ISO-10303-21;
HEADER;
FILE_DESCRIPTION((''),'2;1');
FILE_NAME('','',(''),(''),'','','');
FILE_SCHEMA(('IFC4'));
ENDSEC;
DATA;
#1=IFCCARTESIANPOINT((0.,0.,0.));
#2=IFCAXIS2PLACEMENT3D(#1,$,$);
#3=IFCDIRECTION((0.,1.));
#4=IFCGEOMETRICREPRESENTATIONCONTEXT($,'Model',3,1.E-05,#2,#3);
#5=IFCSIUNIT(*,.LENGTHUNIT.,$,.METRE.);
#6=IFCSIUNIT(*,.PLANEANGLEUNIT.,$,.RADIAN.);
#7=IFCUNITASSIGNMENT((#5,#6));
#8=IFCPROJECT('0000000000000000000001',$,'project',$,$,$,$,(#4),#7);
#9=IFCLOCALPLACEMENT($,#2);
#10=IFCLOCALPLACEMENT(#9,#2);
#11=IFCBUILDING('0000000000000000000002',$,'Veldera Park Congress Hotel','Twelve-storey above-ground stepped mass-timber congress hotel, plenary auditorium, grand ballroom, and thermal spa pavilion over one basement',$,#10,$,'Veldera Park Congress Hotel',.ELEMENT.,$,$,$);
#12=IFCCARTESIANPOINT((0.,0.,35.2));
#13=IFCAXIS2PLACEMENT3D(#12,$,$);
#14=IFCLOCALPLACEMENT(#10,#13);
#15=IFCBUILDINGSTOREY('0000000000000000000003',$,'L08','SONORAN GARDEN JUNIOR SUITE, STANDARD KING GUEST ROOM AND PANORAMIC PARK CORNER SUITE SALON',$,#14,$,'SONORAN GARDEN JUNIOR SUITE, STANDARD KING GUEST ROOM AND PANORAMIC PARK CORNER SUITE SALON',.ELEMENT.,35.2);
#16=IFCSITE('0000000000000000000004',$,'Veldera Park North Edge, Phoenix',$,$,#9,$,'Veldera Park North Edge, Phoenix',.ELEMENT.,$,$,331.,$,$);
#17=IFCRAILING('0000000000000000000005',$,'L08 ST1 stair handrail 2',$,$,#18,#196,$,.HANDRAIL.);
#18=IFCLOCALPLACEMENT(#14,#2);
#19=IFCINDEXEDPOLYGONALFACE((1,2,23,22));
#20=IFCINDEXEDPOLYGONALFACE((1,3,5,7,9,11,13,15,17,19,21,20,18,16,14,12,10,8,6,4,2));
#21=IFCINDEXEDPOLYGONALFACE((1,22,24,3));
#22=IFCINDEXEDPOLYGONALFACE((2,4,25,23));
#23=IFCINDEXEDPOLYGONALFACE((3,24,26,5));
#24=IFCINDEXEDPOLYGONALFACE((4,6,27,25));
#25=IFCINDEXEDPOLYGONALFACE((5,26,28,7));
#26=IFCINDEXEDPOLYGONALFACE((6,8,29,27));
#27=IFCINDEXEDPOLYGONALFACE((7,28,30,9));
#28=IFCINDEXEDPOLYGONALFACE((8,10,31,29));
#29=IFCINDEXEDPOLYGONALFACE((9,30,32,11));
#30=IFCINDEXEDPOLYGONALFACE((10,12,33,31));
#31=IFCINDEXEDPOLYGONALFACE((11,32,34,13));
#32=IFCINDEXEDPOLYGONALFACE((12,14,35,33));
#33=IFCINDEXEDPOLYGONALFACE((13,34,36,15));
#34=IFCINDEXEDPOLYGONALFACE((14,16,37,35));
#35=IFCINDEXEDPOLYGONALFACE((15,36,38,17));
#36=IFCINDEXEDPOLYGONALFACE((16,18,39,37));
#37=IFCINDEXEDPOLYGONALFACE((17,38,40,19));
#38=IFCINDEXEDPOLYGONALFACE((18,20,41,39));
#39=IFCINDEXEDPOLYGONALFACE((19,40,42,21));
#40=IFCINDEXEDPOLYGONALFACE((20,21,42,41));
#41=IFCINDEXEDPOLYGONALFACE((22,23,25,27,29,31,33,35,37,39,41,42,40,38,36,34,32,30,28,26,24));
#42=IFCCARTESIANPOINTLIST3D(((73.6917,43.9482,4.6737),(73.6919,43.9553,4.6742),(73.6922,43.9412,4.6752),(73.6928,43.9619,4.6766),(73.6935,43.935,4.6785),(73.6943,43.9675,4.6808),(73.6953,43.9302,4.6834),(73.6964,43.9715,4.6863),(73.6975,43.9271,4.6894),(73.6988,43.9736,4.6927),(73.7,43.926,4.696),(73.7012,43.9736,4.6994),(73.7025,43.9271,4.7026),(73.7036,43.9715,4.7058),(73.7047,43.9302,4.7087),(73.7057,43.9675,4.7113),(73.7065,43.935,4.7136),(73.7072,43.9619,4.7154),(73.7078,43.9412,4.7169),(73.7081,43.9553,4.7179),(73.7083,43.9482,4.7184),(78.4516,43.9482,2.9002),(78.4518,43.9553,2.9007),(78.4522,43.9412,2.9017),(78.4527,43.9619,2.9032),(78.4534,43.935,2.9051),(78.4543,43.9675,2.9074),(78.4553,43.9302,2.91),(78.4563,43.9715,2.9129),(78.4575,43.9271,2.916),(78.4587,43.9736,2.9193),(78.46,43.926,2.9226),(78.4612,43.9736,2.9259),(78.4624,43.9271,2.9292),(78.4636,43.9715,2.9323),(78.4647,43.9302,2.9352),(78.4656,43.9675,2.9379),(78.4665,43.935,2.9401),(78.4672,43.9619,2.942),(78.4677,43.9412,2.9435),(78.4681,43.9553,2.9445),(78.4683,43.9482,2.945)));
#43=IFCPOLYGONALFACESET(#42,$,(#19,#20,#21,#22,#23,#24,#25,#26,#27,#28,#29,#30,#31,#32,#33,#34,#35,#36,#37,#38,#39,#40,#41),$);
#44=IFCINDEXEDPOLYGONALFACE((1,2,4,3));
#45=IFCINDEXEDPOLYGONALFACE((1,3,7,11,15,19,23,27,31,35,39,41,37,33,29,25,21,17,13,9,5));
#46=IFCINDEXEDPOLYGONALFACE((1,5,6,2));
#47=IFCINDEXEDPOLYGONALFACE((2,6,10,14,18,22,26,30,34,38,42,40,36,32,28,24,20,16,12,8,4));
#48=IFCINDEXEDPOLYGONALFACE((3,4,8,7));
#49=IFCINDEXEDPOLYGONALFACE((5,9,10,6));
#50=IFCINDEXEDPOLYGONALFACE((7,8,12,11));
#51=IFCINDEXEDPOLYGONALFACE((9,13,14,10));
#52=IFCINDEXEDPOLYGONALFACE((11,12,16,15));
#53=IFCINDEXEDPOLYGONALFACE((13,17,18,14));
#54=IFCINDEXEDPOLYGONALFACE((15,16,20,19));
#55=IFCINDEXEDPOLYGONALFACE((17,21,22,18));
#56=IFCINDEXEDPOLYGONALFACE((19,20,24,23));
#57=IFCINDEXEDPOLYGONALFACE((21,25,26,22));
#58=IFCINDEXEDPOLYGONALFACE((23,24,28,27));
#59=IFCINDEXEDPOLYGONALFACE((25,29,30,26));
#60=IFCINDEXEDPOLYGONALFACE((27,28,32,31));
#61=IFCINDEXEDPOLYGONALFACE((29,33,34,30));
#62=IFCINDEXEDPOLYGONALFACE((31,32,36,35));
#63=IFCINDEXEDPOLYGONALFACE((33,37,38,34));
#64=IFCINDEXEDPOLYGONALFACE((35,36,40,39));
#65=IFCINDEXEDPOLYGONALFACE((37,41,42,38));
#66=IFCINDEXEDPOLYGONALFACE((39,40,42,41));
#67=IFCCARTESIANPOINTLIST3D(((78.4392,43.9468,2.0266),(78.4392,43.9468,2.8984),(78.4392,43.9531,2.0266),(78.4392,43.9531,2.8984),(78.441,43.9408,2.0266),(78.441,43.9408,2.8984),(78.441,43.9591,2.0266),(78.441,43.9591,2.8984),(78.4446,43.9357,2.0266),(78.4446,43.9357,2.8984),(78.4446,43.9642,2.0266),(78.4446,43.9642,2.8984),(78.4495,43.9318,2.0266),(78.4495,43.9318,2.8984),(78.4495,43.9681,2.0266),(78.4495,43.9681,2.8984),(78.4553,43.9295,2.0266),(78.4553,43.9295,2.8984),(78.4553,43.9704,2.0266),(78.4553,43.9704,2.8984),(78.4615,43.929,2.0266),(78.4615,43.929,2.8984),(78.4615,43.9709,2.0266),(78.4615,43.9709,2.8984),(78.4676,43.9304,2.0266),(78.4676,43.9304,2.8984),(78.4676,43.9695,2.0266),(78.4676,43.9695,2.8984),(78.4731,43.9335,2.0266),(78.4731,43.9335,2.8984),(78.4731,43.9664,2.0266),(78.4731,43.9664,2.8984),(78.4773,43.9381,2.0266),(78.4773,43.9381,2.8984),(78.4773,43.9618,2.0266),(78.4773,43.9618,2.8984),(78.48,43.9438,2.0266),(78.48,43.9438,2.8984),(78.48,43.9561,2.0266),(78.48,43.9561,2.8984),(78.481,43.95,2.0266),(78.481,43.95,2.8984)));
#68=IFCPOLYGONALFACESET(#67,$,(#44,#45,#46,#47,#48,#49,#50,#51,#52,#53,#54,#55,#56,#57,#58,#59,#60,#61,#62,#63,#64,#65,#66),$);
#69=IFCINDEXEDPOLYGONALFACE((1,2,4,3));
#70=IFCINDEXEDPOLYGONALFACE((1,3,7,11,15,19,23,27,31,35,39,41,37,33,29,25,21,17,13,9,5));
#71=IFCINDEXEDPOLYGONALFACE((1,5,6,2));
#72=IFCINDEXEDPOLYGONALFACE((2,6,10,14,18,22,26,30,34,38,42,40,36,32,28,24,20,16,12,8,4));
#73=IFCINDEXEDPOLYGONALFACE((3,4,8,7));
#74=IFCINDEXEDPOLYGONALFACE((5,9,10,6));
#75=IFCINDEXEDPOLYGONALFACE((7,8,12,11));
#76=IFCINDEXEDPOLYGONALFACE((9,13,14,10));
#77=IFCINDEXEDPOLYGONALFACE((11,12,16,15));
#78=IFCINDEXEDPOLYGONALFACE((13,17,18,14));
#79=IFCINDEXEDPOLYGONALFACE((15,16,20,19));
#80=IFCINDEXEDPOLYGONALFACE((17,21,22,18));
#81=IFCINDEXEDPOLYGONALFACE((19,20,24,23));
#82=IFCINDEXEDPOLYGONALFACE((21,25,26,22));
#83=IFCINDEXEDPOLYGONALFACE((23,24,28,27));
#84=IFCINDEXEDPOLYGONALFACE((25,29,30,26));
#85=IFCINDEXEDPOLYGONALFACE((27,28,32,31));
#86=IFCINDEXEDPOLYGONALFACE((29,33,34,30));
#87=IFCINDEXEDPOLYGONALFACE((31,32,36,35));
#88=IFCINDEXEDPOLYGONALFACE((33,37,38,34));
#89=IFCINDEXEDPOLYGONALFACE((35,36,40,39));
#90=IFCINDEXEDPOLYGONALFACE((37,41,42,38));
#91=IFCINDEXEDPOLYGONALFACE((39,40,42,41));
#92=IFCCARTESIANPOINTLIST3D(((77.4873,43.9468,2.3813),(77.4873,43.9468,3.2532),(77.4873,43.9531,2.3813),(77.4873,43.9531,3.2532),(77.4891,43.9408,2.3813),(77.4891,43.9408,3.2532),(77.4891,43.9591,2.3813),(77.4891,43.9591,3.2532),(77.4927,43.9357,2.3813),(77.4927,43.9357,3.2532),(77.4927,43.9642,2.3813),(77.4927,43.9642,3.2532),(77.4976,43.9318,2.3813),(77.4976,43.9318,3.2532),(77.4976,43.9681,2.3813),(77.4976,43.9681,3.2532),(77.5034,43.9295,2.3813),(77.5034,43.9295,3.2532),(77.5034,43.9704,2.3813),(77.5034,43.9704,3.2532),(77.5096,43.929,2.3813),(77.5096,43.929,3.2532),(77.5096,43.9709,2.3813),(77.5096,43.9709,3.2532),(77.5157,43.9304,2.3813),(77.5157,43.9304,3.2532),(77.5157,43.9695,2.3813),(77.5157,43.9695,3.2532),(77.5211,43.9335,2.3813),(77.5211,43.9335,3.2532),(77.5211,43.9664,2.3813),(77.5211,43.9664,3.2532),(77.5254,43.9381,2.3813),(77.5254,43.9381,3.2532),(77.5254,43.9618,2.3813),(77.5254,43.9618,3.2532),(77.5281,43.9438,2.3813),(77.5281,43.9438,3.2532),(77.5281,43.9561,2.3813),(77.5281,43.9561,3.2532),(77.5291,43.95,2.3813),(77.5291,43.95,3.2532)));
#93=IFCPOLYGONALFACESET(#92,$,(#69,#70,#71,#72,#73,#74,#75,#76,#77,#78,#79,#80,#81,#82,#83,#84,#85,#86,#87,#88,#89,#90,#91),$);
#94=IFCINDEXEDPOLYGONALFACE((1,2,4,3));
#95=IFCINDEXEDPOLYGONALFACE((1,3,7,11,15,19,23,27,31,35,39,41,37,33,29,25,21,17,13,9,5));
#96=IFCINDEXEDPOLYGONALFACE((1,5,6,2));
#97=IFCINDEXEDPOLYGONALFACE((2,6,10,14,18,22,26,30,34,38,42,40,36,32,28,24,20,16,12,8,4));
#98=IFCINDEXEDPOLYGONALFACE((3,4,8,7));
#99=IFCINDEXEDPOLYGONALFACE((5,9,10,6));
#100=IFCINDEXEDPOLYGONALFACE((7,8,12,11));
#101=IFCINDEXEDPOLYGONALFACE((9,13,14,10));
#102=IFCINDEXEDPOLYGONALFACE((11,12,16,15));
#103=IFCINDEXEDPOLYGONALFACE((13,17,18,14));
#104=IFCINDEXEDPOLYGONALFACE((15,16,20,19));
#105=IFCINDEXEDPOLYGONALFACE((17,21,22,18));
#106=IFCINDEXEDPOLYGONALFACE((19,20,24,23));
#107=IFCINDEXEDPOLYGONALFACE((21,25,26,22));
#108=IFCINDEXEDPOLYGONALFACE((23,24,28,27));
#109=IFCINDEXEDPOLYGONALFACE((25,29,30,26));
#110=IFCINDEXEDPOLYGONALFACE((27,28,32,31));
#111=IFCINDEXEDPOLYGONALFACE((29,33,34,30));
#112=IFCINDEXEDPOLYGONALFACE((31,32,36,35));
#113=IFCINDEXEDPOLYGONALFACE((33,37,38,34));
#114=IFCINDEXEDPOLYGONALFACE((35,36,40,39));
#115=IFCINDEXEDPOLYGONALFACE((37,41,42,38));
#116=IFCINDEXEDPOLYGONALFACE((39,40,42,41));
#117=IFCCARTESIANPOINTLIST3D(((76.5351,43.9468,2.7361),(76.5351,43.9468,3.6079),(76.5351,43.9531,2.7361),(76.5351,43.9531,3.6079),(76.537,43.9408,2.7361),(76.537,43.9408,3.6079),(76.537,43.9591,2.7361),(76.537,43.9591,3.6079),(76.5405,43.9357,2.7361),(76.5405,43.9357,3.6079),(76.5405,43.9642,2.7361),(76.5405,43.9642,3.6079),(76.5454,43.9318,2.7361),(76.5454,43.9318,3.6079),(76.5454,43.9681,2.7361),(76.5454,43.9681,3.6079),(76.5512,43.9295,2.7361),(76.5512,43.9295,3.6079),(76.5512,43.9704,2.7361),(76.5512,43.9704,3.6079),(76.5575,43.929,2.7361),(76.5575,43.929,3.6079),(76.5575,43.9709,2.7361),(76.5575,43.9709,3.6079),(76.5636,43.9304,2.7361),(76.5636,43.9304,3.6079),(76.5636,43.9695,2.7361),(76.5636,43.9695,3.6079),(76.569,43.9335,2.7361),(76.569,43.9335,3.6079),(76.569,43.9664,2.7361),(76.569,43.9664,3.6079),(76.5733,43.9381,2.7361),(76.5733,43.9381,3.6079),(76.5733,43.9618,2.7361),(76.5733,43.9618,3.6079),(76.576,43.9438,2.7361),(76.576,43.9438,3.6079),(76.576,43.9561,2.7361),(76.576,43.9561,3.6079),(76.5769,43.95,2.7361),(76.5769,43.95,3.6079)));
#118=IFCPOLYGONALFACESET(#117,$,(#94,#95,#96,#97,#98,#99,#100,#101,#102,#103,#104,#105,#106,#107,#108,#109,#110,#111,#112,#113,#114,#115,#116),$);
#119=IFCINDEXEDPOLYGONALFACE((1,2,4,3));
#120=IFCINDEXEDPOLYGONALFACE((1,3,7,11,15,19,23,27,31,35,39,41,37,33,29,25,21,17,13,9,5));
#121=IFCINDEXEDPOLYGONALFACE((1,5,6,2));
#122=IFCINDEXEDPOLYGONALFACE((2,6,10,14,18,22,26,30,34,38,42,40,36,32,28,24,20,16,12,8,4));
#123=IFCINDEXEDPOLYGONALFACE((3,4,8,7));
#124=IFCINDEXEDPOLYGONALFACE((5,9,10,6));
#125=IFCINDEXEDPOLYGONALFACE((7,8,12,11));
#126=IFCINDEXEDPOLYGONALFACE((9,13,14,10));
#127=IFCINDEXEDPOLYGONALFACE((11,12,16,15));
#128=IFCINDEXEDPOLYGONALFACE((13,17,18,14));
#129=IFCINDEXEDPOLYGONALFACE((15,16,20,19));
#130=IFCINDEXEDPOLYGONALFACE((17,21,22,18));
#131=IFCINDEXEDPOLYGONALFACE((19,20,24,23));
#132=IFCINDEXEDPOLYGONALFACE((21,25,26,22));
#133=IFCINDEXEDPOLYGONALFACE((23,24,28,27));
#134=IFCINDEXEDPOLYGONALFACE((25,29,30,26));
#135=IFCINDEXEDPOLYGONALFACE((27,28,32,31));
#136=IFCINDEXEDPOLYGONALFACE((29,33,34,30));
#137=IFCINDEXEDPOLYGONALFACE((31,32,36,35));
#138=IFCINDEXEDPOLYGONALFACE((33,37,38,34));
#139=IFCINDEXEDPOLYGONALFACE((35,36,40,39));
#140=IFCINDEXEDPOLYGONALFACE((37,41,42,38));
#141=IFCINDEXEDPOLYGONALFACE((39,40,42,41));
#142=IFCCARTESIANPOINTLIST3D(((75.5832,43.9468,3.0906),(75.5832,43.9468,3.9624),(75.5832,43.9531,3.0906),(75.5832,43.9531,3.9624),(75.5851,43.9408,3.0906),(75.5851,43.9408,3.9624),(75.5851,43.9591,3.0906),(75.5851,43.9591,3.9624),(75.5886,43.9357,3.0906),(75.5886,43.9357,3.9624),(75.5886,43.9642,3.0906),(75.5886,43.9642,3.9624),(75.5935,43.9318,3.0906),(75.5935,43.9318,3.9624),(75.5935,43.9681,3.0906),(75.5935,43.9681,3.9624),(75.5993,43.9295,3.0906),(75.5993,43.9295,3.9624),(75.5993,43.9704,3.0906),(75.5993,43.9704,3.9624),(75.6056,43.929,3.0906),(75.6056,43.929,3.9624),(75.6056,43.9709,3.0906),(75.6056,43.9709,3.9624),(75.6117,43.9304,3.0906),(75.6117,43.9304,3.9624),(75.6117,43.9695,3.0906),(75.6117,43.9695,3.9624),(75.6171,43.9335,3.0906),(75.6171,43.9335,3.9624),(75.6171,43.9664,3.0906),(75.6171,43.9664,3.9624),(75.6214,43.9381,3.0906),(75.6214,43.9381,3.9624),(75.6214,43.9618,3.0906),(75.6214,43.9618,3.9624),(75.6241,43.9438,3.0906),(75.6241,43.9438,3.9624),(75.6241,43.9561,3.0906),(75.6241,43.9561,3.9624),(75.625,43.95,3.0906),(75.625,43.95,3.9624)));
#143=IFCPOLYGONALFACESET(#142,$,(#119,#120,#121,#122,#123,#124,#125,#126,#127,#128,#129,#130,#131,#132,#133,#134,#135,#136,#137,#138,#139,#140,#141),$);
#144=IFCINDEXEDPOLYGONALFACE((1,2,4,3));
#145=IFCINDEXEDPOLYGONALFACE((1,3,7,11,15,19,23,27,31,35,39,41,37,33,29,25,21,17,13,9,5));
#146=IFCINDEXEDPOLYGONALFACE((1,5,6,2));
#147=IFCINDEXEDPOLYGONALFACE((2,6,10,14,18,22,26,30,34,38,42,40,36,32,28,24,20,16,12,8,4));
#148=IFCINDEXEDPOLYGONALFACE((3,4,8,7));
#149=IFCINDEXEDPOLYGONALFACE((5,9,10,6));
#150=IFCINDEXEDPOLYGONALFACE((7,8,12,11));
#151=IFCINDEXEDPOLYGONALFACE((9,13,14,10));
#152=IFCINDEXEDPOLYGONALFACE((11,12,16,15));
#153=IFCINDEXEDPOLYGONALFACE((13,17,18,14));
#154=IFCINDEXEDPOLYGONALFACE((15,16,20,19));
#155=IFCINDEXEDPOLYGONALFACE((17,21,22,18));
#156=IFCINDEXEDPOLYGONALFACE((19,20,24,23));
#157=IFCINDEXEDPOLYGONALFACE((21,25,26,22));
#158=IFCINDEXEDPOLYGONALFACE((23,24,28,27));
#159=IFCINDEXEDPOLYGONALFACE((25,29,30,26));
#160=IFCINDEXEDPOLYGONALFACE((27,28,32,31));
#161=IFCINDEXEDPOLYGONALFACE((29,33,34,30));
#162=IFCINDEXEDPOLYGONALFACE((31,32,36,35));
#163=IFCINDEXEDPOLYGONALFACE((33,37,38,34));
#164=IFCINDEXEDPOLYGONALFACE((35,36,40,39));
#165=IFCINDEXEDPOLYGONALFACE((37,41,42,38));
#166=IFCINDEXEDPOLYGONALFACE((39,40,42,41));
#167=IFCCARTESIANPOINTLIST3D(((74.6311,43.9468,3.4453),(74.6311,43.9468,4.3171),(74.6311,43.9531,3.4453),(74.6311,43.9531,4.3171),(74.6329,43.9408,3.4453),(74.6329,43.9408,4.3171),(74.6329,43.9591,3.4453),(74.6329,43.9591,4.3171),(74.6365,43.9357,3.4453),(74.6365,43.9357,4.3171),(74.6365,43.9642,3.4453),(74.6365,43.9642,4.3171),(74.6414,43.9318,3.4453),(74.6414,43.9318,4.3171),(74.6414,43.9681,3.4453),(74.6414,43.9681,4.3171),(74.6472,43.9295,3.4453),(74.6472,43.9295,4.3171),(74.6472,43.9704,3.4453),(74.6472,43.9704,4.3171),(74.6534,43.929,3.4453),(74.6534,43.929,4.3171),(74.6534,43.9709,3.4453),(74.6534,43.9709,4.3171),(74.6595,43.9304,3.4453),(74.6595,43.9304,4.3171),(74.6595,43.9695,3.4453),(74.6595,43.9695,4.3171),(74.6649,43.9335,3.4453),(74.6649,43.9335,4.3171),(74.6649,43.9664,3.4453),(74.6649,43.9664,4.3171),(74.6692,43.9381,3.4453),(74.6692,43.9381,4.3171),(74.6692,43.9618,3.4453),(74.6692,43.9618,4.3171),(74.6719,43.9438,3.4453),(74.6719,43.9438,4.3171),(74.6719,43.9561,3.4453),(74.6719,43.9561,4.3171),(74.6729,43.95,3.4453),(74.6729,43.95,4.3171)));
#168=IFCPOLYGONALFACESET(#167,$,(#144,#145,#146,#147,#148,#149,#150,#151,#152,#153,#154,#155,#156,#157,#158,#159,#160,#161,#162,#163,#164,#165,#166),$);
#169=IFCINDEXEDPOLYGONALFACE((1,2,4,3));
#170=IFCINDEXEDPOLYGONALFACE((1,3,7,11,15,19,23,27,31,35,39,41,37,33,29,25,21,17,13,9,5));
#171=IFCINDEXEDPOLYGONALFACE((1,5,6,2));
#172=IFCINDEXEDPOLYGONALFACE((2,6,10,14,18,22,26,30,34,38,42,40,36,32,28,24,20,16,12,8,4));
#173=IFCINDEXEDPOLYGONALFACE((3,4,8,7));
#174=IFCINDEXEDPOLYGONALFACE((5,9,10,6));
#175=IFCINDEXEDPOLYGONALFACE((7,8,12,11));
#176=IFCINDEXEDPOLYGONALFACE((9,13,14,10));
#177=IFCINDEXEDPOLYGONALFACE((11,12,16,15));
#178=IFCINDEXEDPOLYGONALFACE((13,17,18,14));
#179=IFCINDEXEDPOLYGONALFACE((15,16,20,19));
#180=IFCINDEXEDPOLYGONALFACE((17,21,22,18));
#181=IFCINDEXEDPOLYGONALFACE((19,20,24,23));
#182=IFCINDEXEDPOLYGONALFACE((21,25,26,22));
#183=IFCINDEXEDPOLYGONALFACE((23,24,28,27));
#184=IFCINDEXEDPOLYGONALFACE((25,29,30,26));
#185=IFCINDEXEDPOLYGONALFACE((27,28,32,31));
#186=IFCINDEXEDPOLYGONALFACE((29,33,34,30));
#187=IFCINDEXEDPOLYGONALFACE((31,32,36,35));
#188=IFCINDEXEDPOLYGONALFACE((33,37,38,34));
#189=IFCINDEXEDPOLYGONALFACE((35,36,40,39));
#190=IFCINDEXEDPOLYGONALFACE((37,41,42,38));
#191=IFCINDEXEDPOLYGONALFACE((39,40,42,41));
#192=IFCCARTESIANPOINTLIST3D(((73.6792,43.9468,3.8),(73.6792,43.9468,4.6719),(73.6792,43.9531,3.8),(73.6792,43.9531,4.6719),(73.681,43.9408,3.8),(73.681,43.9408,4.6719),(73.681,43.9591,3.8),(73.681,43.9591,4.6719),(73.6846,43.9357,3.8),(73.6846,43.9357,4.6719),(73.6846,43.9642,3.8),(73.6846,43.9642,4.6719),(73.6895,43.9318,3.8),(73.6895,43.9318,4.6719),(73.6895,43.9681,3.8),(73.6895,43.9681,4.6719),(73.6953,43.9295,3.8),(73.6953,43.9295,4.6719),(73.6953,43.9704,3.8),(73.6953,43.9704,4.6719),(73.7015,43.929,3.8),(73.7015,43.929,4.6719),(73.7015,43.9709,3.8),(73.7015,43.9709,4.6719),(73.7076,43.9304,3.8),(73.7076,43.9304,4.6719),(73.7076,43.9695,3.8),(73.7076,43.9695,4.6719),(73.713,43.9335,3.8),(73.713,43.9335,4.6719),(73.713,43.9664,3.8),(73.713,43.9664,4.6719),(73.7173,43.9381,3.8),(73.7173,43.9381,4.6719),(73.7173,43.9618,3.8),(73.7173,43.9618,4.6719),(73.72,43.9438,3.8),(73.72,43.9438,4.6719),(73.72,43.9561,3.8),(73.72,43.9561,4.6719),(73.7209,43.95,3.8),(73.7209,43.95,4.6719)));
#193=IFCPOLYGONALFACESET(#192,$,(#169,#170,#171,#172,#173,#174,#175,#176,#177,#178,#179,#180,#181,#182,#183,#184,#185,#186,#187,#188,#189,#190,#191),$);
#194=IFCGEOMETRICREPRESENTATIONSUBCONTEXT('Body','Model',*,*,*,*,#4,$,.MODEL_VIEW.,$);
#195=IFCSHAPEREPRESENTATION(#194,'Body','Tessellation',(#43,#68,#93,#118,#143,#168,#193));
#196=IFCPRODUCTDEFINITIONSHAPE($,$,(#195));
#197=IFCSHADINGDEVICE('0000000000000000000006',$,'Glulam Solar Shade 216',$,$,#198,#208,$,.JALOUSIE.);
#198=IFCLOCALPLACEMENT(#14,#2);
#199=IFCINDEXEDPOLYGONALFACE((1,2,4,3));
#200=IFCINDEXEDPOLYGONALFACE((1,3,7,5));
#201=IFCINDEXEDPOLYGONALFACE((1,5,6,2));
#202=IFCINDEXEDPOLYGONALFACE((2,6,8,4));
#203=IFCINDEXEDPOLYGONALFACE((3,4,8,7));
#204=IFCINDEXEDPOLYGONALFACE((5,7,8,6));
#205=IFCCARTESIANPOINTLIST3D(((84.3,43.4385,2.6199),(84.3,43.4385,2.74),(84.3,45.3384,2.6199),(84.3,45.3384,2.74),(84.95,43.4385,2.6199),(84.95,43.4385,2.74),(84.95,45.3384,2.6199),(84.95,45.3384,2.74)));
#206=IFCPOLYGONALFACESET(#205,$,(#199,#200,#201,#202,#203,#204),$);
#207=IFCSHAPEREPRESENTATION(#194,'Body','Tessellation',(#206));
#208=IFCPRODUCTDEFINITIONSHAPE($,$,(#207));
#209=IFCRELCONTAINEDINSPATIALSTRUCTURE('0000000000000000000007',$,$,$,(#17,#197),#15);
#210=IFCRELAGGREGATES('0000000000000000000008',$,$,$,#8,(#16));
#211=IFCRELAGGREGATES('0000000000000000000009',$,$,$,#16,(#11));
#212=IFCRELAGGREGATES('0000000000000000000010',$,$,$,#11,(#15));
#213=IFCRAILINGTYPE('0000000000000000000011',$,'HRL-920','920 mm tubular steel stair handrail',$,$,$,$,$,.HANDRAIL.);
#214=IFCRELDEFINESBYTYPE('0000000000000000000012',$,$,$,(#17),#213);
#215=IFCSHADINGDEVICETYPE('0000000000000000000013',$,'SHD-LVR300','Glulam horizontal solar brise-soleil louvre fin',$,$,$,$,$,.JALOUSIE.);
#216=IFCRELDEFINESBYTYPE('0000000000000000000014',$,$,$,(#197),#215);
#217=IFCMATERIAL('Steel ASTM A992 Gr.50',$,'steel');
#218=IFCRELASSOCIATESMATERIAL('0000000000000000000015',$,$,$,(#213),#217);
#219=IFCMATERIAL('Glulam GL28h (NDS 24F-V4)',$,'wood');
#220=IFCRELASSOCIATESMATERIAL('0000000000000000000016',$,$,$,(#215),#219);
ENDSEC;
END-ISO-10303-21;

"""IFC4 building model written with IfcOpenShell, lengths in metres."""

from ifc_helpers import new_model, si_unit, direction, frame, origin, origin_2d, place, context, subcontext, project, spatial, rectangle, circle, extrude, material, type_object, element, save


model = new_model("IFC4")

# Units and contexts
model_context = context("Model", 3, precision=1e-05, world=origin(), true_north=direction((0.0, 1.0)))
body_context = subcontext(model_context, "Body", "Model", "MODEL_VIEW")
ifc_project = project(units=[si_unit("LENGTHUNIT", "METRE"), si_unit("PLANEANGLEUNIT", "RADIAN")], contexts=[model_context])

# Site, building, storey
site_placement = place(None, origin())
site = spatial("IfcSite", under=ifc_project, at=site_placement, Name="Veldera Park North Edge, Phoenix", LongName="Veldera Park North Edge, Phoenix", CompositionType="ELEMENT", RefElevation=331.0)
building_placement = place(site_placement, origin())
building = spatial("IfcBuilding", under=site, at=building_placement, Name="Veldera Park Congress Hotel", Description="Twelve-storey above-ground stepped mass-timber congress hotel, plenary auditorium, grand ballroom, and thermal spa pavilion over one basement", LongName="Veldera Park Congress Hotel", CompositionType="ELEMENT")
storey_placement = place(building_placement, frame((0.0, 0.0, 35.2)))
storey = spatial("IfcBuildingStorey", under=building, at=storey_placement, Name="L08", Description="SONORAN GARDEN JUNIOR SUITE, STANDARD KING GUEST ROOM AND PANORAMIC PARK CORNER SUITE SALON", LongName="SONORAN GARDEN JUNIOR SUITE, STANDARD KING GUEST ROOM AND PANORAMIC PARK CORNER SUITE SALON", CompositionType="ELEMENT", Elevation=35.2)

# Shared definitions
ifc_material_1 = material(Name="Glulam GL28h (NDS 24F-V4)", Category="wood")

# Railing
ifc_material_2 = material(Name="Steel ASTM A992 Gr.50", Category="steel")
railing_type_1 = type_object("IfcRailingType", Name="HRL-920", Description="920 mm tubular steel stair handrail", PredefinedType="HANDRAIL", material=ifc_material_2)
railing_1_placement = place(storey_placement, frame((78.46, 43.95, 2.0266)))
element("IfcRailing", 1, at=railing_1_placement, inside=storey, type_object=railing_type_1, Name="L08 ST1 stair handrail 2", PredefinedType="HANDRAIL", context=body_context, shape_type="SweptSolid", body=[
    extrude(circle(Radius=0.0239, at=origin_2d()), frame((0.0, 0.0, 0.896), z_axis=(-0.937076, 0.0, 0.349126), x_axis=(0.0, -1.0, 0.0)), (0.0, 0.0, 1.0), 5.0796),
    extrude(circle(Radius=0.021, at=origin_2d()), origin(), (0.0, 0.0, 1.0), 0.8718),
    extrude(circle(Radius=0.021, at=origin_2d()), frame((-0.9519, 0.0, 0.3547)), (0.0, 0.0, 1.0), 0.8718),
    extrude(circle(Radius=0.021, at=origin_2d()), frame((-1.9041, 0.0, 0.7095)), (0.0, 0.0, 1.0), 0.8718),
    extrude(circle(Radius=0.021, at=origin_2d()), frame((-2.856, 0.0, 1.064)), (0.0, 0.0, 1.0), 0.8718),
    extrude(circle(Radius=0.021, at=origin_2d()), frame((-3.8081, 0.0, 1.4187)), (0.0, 0.0, 1.0), 0.8718),
    extrude(circle(Radius=0.021, at=origin_2d()), frame((-4.76, 0.0, 1.7734)), (0.0, 0.0, 1.0), 0.8718),
])

# Shading device
shading_device_type = type_object("IfcShadingDeviceType", Name="SHD-LVR300", Description="Glulam horizontal solar brise-soleil louvre fin", PredefinedType="JALOUSIE", material=ifc_material_1)
shading_device_placement = place(storey_placement, frame((84.625, 44.3884, 2.6199), z_axis=(0.0, 0.0, 1.0), x_axis=(0.0, 1.0, 0.0)))
element("IfcShadingDevice", 2, at=shading_device_placement, inside=storey, type_object=shading_device_type, Name="Glulam Solar Shade 216", PredefinedType="JALOUSIE", context=body_context, shape_type="SweptSolid", body=[
    extrude(rectangle(XDim=1.8999, YDim=0.6499, at=origin_2d()), origin(), (0.0, 0.0, 1.0), 0.1201),
])

save(model, "model.ifc")
